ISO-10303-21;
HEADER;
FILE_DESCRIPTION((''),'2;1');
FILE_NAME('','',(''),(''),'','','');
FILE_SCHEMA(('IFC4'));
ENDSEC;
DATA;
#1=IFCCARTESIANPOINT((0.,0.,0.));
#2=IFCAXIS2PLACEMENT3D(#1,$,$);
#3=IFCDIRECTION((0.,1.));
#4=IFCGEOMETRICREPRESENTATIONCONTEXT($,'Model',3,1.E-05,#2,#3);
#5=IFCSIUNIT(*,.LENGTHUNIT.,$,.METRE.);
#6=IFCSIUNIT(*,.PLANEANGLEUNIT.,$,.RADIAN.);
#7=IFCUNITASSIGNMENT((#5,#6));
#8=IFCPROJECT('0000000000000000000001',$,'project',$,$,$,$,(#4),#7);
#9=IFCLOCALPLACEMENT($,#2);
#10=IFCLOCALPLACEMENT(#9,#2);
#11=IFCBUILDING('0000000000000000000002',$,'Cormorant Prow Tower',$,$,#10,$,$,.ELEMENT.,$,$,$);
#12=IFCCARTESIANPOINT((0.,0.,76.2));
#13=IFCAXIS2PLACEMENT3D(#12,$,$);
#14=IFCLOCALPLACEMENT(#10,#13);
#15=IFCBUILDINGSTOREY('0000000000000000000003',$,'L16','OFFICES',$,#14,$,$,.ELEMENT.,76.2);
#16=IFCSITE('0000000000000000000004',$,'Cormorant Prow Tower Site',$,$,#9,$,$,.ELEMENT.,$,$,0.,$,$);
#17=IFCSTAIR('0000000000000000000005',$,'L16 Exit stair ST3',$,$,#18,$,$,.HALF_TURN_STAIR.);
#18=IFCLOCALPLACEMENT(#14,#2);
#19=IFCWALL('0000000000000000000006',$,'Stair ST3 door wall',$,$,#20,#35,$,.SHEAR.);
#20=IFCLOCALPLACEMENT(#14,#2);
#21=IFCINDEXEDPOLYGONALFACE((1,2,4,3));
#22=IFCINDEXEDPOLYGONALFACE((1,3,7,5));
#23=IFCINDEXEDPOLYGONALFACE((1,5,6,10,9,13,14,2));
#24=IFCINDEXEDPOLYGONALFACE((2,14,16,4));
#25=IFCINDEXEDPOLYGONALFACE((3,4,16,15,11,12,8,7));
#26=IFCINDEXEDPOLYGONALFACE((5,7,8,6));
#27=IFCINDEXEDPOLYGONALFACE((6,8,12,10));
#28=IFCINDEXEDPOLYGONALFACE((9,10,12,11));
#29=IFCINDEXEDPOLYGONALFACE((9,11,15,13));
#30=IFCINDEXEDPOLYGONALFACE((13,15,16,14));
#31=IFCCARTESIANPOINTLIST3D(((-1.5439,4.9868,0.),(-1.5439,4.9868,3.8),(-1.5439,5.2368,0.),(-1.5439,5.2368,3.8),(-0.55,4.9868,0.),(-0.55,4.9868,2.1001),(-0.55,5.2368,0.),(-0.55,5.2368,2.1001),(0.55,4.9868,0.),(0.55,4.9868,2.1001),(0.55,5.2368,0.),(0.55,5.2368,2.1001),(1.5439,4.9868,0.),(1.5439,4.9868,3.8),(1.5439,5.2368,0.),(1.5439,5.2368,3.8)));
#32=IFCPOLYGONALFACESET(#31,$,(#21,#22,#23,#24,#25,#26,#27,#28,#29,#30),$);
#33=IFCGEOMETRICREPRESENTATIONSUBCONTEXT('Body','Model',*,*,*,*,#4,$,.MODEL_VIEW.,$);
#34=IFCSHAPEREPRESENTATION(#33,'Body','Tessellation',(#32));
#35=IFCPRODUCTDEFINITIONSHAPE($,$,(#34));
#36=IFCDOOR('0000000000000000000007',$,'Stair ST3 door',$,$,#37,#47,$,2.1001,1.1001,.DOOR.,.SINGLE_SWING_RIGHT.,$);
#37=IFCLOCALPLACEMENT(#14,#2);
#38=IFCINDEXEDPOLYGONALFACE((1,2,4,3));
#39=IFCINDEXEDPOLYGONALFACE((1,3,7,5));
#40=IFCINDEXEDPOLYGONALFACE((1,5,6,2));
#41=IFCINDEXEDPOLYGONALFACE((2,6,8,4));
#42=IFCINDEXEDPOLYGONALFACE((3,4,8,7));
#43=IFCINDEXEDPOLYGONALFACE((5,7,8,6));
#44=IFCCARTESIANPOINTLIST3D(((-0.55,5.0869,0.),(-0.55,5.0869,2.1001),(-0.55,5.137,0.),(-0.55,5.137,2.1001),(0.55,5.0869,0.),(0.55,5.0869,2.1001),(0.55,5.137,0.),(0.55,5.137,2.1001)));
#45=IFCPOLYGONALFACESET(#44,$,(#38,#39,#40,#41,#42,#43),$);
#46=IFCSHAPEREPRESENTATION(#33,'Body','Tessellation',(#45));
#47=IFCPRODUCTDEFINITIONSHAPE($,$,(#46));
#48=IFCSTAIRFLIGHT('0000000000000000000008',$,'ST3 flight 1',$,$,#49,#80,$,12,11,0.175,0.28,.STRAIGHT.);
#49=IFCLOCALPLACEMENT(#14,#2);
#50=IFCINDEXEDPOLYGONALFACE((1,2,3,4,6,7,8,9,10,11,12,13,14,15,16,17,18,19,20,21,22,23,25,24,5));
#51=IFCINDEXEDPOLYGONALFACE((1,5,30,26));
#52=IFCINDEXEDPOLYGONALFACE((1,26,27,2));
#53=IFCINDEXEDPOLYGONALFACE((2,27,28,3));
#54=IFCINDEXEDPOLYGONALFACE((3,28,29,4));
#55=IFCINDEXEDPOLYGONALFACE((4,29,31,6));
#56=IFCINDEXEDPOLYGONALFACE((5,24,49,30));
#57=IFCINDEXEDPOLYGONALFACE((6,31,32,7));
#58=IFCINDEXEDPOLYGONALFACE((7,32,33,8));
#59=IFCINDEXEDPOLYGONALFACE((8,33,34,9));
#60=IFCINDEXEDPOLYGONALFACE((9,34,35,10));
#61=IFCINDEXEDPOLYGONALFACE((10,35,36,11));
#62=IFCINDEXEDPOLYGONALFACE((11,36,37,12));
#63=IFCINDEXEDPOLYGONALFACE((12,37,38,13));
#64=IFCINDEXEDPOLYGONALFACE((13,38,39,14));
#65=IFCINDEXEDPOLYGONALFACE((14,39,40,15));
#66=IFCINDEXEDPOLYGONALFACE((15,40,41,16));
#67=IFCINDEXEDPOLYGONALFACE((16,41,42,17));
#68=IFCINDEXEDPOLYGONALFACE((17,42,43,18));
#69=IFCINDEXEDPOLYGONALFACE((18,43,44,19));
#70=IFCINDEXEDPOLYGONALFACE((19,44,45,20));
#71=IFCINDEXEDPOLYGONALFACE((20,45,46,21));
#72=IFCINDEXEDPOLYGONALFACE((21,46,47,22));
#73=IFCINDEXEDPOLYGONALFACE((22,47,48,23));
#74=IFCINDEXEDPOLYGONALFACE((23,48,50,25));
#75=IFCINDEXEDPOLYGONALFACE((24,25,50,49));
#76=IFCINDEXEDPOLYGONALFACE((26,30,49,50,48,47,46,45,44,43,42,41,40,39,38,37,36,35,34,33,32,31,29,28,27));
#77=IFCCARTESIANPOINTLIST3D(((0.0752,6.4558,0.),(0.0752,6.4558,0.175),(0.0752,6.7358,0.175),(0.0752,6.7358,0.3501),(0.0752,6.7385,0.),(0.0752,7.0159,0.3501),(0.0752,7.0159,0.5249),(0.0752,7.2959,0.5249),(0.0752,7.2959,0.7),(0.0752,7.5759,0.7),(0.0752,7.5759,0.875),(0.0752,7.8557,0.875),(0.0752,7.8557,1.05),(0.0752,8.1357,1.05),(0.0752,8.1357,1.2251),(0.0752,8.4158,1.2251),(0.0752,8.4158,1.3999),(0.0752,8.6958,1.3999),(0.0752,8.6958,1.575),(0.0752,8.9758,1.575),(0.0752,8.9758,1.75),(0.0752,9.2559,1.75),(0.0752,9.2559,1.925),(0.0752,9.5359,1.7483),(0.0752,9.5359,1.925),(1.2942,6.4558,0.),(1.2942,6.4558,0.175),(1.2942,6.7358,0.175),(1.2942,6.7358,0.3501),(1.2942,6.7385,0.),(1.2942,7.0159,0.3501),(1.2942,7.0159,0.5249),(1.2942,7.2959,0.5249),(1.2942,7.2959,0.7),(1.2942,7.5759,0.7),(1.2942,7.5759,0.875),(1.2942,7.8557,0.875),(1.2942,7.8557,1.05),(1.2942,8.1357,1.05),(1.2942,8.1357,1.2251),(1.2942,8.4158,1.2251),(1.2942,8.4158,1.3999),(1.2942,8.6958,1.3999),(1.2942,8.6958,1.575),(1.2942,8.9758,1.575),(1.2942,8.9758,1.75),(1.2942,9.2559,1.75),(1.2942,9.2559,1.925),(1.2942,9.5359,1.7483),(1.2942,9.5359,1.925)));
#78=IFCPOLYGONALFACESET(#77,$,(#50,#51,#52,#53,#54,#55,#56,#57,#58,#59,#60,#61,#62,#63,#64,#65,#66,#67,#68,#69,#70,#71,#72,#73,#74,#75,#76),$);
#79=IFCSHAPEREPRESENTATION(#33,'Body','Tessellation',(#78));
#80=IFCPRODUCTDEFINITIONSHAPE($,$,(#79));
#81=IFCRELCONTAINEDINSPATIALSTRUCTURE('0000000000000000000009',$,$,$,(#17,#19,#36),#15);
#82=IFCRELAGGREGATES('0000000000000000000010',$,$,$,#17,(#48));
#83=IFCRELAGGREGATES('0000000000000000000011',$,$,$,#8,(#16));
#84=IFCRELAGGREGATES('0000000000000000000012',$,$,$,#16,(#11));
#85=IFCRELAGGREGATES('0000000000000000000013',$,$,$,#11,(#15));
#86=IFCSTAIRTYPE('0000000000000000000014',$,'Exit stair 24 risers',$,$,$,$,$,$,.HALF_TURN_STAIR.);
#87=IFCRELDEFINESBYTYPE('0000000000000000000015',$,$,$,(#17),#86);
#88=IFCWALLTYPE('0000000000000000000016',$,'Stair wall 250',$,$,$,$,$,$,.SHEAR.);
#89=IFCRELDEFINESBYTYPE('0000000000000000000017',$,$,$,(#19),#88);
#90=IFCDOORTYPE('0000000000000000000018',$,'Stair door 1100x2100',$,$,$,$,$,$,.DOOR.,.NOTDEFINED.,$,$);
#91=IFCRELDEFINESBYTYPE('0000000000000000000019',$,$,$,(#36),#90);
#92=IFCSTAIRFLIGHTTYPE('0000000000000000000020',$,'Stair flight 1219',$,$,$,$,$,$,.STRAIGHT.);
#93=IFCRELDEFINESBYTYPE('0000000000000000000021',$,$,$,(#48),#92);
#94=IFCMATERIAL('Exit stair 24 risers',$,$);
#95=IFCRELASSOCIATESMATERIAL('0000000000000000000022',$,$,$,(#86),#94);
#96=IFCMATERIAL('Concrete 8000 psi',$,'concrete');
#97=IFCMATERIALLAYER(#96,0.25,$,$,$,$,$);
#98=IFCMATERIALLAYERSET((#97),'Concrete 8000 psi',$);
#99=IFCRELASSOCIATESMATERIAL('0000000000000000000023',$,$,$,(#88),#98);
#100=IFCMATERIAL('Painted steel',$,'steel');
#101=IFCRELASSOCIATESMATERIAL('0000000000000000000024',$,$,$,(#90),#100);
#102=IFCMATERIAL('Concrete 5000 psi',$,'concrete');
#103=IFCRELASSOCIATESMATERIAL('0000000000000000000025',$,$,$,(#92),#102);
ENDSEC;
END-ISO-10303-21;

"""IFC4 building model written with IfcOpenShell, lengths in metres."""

from ifc_helpers import new_model, si_unit, direction, frame, frame_2d, origin, place, context, subcontext, project, spatial, polyline, rectangle, outline, extrude, material, layer, layer_set, type_object, element, fill, aggregate, save


model = new_model("IFC4")

# Units and contexts
model_context = context("Model", 3, precision=1e-05, world=origin(), true_north=direction((0.0, 1.0)))
body_context = subcontext(model_context, "Body", "Model", "MODEL_VIEW")
ifc_project = project(units=[si_unit("LENGTHUNIT", "METRE"), si_unit("PLANEANGLEUNIT", "RADIAN")], contexts=[model_context])

# Site, building, storey
site_placement = place(None, origin())
site = spatial("IfcSite", under=ifc_project, at=site_placement, Name="Cormorant Prow Tower Site", CompositionType="ELEMENT", RefElevation=0.0)
building_placement = place(site_placement, origin())
building = spatial("IfcBuilding", under=site, at=building_placement, Name="Cormorant Prow Tower", CompositionType="ELEMENT")
storey_placement = place(building_placement, frame((0.0, 0.0, 76.2)))
storey = spatial("IfcBuildingStorey", under=building, at=storey_placement, Name="L16", Description="OFFICES", CompositionType="ELEMENT", Elevation=76.2)

# Stair
ifc_material_1 = material(Name="Exit stair 24 risers")
stair_type = type_object("IfcStairType", Name="Exit stair 24 risers", PredefinedType="HALF_TURN_STAIR", material=ifc_material_1)
stair_1_placement = place(storey_placement, origin())
stair_1 = element("IfcStair", 1, at=stair_1_placement, inside=storey, type_object=stair_type, Name="L16 Exit stair ST3", PredefinedType="HALF_TURN_STAIR")

# Shared definitions
ifc_material_2 = material(Name="Concrete 8000 psi", Category="concrete")
ifc_layer_1 = layer(ifc_material_2, 0.25)
ifc_layer_set_1 = layer_set([ifc_layer_1], Name="Concrete 8000 psi")
wall_type_1 = type_object("IfcWallType", Name="Stair wall 250", PredefinedType="SHEAR", material=ifc_layer_set_1)

# Wall, opening, door
wall_1_placement = place(storey_placement, frame((1.5439, 5.1118, 0.0), z_axis=(0.0, 0.0, 1.0), x_axis=(-1.0, 0.0, 0.0)))
wall_1 = element("IfcWall", 2, at=wall_1_placement, inside=storey, type_object=wall_type_1, Name="Stair ST3 door wall", PredefinedType="SHEAR", context=body_context, shape_type="SweptSolid", body=[
    extrude(rectangle(XDim=3.0879, YDim=0.25, at=frame_2d((1.5439, 0.0))), origin(), (0.0, 0.0, 1.0), 3.8),
])
opening_placement = place(wall_1_placement, frame((0.9939, 0.0, 0.0)))
opening = element("IfcOpeningElement", 3, at=opening_placement, cuts=wall_1, PredefinedType="OPENING", context=body_context, shape_type="SweptSolid", body=[
    extrude(rectangle(XDim=1.1001, YDim=2.1001, at=frame_2d((0.55, 1.05))), frame((0.0, 0.135, 0.0), z_axis=(0.0, -1.0, 0.0), x_axis=(1.0, 0.0, 0.0)), (0.0, 0.0, 1.0), 0.27),
])
ifc_material_3 = material(Name="Painted steel", Category="steel")
door_type = type_object("IfcDoorType", Name="Stair door 1100x2100", OperationType="NOTDEFINED", PredefinedType="DOOR", material=ifc_material_3)
door_placement = place(opening_placement, origin())
door = element("IfcDoor", 4, at=door_placement, inside=storey, type_object=door_type, Name="Stair ST3 door", OperationType="SINGLE_SWING_RIGHT", OverallHeight=2.1001, OverallWidth=1.1001, PredefinedType="DOOR", context=body_context, shape_type="SweptSolid", body=[
    extrude(rectangle(XDim=1.1001, YDim=2.1001, at=frame_2d((0.55, 1.05))), frame((0.0, 0.0249, 0.0), z_axis=(0.0, -1.0, 0.0), x_axis=(1.0, 0.0, 0.0)), (0.0, 0.0, 1.0), 0.05),
])
fill(opening, door)

# Stair flight
ifc_material_4 = material(Name="Concrete 5000 psi", Category="concrete")
stair_flight_type = type_object("IfcStairFlightType", Name="Stair flight 1219", PredefinedType="STRAIGHT", material=ifc_material_4)
stair_flight_placement = place(storey_placement, frame((0.6846, 6.4558, 0.0), z_axis=(0.0, 0.0, 1.0), x_axis=(0.0, 1.0, 0.0)))
stair_flight = element("IfcStairFlight", 5, at=stair_flight_placement, type_object=stair_flight_type, Name="ST3 flight 1", NumberOfRisers=12, NumberOfTreads=11, PredefinedType="STRAIGHT", RiserHeight=0.175, TreadLength=0.28, context=body_context, shape_type="SweptSolid", body=[
    extrude(outline(polyline([(0.0, 0.0), (0.0, 0.175), (0.28, 0.175), (0.28, 0.3501), (0.5601, 0.3501), (0.5601, 0.5249), (0.8401, 0.5249), (0.8401, 0.7), (1.1201, 0.7), (1.1201, 0.875), (1.3999, 0.875), (1.3999, 1.05), (1.6799, 1.05), (1.6799, 1.2251), (1.96, 1.2251), (1.96, 1.3999), (2.24, 1.3999), (2.24, 1.575), (2.52, 1.575), (2.52, 1.75), (2.8, 1.75), (2.8, 1.925), (3.0801, 1.925), (3.0801, 2.1001), (3.0801, 1.7483), (0.2827, 0.0), (0.0, 0.0)])), frame((0.0, 0.6094, 0.0), z_axis=(0.0, -1.0, 0.0), x_axis=(1.0, 0.0, 0.0)), (0.0, 0.0, 1.0), 1.219),
])
aggregate(stair_1, [stair_flight])

save(model, "model.ifc")
